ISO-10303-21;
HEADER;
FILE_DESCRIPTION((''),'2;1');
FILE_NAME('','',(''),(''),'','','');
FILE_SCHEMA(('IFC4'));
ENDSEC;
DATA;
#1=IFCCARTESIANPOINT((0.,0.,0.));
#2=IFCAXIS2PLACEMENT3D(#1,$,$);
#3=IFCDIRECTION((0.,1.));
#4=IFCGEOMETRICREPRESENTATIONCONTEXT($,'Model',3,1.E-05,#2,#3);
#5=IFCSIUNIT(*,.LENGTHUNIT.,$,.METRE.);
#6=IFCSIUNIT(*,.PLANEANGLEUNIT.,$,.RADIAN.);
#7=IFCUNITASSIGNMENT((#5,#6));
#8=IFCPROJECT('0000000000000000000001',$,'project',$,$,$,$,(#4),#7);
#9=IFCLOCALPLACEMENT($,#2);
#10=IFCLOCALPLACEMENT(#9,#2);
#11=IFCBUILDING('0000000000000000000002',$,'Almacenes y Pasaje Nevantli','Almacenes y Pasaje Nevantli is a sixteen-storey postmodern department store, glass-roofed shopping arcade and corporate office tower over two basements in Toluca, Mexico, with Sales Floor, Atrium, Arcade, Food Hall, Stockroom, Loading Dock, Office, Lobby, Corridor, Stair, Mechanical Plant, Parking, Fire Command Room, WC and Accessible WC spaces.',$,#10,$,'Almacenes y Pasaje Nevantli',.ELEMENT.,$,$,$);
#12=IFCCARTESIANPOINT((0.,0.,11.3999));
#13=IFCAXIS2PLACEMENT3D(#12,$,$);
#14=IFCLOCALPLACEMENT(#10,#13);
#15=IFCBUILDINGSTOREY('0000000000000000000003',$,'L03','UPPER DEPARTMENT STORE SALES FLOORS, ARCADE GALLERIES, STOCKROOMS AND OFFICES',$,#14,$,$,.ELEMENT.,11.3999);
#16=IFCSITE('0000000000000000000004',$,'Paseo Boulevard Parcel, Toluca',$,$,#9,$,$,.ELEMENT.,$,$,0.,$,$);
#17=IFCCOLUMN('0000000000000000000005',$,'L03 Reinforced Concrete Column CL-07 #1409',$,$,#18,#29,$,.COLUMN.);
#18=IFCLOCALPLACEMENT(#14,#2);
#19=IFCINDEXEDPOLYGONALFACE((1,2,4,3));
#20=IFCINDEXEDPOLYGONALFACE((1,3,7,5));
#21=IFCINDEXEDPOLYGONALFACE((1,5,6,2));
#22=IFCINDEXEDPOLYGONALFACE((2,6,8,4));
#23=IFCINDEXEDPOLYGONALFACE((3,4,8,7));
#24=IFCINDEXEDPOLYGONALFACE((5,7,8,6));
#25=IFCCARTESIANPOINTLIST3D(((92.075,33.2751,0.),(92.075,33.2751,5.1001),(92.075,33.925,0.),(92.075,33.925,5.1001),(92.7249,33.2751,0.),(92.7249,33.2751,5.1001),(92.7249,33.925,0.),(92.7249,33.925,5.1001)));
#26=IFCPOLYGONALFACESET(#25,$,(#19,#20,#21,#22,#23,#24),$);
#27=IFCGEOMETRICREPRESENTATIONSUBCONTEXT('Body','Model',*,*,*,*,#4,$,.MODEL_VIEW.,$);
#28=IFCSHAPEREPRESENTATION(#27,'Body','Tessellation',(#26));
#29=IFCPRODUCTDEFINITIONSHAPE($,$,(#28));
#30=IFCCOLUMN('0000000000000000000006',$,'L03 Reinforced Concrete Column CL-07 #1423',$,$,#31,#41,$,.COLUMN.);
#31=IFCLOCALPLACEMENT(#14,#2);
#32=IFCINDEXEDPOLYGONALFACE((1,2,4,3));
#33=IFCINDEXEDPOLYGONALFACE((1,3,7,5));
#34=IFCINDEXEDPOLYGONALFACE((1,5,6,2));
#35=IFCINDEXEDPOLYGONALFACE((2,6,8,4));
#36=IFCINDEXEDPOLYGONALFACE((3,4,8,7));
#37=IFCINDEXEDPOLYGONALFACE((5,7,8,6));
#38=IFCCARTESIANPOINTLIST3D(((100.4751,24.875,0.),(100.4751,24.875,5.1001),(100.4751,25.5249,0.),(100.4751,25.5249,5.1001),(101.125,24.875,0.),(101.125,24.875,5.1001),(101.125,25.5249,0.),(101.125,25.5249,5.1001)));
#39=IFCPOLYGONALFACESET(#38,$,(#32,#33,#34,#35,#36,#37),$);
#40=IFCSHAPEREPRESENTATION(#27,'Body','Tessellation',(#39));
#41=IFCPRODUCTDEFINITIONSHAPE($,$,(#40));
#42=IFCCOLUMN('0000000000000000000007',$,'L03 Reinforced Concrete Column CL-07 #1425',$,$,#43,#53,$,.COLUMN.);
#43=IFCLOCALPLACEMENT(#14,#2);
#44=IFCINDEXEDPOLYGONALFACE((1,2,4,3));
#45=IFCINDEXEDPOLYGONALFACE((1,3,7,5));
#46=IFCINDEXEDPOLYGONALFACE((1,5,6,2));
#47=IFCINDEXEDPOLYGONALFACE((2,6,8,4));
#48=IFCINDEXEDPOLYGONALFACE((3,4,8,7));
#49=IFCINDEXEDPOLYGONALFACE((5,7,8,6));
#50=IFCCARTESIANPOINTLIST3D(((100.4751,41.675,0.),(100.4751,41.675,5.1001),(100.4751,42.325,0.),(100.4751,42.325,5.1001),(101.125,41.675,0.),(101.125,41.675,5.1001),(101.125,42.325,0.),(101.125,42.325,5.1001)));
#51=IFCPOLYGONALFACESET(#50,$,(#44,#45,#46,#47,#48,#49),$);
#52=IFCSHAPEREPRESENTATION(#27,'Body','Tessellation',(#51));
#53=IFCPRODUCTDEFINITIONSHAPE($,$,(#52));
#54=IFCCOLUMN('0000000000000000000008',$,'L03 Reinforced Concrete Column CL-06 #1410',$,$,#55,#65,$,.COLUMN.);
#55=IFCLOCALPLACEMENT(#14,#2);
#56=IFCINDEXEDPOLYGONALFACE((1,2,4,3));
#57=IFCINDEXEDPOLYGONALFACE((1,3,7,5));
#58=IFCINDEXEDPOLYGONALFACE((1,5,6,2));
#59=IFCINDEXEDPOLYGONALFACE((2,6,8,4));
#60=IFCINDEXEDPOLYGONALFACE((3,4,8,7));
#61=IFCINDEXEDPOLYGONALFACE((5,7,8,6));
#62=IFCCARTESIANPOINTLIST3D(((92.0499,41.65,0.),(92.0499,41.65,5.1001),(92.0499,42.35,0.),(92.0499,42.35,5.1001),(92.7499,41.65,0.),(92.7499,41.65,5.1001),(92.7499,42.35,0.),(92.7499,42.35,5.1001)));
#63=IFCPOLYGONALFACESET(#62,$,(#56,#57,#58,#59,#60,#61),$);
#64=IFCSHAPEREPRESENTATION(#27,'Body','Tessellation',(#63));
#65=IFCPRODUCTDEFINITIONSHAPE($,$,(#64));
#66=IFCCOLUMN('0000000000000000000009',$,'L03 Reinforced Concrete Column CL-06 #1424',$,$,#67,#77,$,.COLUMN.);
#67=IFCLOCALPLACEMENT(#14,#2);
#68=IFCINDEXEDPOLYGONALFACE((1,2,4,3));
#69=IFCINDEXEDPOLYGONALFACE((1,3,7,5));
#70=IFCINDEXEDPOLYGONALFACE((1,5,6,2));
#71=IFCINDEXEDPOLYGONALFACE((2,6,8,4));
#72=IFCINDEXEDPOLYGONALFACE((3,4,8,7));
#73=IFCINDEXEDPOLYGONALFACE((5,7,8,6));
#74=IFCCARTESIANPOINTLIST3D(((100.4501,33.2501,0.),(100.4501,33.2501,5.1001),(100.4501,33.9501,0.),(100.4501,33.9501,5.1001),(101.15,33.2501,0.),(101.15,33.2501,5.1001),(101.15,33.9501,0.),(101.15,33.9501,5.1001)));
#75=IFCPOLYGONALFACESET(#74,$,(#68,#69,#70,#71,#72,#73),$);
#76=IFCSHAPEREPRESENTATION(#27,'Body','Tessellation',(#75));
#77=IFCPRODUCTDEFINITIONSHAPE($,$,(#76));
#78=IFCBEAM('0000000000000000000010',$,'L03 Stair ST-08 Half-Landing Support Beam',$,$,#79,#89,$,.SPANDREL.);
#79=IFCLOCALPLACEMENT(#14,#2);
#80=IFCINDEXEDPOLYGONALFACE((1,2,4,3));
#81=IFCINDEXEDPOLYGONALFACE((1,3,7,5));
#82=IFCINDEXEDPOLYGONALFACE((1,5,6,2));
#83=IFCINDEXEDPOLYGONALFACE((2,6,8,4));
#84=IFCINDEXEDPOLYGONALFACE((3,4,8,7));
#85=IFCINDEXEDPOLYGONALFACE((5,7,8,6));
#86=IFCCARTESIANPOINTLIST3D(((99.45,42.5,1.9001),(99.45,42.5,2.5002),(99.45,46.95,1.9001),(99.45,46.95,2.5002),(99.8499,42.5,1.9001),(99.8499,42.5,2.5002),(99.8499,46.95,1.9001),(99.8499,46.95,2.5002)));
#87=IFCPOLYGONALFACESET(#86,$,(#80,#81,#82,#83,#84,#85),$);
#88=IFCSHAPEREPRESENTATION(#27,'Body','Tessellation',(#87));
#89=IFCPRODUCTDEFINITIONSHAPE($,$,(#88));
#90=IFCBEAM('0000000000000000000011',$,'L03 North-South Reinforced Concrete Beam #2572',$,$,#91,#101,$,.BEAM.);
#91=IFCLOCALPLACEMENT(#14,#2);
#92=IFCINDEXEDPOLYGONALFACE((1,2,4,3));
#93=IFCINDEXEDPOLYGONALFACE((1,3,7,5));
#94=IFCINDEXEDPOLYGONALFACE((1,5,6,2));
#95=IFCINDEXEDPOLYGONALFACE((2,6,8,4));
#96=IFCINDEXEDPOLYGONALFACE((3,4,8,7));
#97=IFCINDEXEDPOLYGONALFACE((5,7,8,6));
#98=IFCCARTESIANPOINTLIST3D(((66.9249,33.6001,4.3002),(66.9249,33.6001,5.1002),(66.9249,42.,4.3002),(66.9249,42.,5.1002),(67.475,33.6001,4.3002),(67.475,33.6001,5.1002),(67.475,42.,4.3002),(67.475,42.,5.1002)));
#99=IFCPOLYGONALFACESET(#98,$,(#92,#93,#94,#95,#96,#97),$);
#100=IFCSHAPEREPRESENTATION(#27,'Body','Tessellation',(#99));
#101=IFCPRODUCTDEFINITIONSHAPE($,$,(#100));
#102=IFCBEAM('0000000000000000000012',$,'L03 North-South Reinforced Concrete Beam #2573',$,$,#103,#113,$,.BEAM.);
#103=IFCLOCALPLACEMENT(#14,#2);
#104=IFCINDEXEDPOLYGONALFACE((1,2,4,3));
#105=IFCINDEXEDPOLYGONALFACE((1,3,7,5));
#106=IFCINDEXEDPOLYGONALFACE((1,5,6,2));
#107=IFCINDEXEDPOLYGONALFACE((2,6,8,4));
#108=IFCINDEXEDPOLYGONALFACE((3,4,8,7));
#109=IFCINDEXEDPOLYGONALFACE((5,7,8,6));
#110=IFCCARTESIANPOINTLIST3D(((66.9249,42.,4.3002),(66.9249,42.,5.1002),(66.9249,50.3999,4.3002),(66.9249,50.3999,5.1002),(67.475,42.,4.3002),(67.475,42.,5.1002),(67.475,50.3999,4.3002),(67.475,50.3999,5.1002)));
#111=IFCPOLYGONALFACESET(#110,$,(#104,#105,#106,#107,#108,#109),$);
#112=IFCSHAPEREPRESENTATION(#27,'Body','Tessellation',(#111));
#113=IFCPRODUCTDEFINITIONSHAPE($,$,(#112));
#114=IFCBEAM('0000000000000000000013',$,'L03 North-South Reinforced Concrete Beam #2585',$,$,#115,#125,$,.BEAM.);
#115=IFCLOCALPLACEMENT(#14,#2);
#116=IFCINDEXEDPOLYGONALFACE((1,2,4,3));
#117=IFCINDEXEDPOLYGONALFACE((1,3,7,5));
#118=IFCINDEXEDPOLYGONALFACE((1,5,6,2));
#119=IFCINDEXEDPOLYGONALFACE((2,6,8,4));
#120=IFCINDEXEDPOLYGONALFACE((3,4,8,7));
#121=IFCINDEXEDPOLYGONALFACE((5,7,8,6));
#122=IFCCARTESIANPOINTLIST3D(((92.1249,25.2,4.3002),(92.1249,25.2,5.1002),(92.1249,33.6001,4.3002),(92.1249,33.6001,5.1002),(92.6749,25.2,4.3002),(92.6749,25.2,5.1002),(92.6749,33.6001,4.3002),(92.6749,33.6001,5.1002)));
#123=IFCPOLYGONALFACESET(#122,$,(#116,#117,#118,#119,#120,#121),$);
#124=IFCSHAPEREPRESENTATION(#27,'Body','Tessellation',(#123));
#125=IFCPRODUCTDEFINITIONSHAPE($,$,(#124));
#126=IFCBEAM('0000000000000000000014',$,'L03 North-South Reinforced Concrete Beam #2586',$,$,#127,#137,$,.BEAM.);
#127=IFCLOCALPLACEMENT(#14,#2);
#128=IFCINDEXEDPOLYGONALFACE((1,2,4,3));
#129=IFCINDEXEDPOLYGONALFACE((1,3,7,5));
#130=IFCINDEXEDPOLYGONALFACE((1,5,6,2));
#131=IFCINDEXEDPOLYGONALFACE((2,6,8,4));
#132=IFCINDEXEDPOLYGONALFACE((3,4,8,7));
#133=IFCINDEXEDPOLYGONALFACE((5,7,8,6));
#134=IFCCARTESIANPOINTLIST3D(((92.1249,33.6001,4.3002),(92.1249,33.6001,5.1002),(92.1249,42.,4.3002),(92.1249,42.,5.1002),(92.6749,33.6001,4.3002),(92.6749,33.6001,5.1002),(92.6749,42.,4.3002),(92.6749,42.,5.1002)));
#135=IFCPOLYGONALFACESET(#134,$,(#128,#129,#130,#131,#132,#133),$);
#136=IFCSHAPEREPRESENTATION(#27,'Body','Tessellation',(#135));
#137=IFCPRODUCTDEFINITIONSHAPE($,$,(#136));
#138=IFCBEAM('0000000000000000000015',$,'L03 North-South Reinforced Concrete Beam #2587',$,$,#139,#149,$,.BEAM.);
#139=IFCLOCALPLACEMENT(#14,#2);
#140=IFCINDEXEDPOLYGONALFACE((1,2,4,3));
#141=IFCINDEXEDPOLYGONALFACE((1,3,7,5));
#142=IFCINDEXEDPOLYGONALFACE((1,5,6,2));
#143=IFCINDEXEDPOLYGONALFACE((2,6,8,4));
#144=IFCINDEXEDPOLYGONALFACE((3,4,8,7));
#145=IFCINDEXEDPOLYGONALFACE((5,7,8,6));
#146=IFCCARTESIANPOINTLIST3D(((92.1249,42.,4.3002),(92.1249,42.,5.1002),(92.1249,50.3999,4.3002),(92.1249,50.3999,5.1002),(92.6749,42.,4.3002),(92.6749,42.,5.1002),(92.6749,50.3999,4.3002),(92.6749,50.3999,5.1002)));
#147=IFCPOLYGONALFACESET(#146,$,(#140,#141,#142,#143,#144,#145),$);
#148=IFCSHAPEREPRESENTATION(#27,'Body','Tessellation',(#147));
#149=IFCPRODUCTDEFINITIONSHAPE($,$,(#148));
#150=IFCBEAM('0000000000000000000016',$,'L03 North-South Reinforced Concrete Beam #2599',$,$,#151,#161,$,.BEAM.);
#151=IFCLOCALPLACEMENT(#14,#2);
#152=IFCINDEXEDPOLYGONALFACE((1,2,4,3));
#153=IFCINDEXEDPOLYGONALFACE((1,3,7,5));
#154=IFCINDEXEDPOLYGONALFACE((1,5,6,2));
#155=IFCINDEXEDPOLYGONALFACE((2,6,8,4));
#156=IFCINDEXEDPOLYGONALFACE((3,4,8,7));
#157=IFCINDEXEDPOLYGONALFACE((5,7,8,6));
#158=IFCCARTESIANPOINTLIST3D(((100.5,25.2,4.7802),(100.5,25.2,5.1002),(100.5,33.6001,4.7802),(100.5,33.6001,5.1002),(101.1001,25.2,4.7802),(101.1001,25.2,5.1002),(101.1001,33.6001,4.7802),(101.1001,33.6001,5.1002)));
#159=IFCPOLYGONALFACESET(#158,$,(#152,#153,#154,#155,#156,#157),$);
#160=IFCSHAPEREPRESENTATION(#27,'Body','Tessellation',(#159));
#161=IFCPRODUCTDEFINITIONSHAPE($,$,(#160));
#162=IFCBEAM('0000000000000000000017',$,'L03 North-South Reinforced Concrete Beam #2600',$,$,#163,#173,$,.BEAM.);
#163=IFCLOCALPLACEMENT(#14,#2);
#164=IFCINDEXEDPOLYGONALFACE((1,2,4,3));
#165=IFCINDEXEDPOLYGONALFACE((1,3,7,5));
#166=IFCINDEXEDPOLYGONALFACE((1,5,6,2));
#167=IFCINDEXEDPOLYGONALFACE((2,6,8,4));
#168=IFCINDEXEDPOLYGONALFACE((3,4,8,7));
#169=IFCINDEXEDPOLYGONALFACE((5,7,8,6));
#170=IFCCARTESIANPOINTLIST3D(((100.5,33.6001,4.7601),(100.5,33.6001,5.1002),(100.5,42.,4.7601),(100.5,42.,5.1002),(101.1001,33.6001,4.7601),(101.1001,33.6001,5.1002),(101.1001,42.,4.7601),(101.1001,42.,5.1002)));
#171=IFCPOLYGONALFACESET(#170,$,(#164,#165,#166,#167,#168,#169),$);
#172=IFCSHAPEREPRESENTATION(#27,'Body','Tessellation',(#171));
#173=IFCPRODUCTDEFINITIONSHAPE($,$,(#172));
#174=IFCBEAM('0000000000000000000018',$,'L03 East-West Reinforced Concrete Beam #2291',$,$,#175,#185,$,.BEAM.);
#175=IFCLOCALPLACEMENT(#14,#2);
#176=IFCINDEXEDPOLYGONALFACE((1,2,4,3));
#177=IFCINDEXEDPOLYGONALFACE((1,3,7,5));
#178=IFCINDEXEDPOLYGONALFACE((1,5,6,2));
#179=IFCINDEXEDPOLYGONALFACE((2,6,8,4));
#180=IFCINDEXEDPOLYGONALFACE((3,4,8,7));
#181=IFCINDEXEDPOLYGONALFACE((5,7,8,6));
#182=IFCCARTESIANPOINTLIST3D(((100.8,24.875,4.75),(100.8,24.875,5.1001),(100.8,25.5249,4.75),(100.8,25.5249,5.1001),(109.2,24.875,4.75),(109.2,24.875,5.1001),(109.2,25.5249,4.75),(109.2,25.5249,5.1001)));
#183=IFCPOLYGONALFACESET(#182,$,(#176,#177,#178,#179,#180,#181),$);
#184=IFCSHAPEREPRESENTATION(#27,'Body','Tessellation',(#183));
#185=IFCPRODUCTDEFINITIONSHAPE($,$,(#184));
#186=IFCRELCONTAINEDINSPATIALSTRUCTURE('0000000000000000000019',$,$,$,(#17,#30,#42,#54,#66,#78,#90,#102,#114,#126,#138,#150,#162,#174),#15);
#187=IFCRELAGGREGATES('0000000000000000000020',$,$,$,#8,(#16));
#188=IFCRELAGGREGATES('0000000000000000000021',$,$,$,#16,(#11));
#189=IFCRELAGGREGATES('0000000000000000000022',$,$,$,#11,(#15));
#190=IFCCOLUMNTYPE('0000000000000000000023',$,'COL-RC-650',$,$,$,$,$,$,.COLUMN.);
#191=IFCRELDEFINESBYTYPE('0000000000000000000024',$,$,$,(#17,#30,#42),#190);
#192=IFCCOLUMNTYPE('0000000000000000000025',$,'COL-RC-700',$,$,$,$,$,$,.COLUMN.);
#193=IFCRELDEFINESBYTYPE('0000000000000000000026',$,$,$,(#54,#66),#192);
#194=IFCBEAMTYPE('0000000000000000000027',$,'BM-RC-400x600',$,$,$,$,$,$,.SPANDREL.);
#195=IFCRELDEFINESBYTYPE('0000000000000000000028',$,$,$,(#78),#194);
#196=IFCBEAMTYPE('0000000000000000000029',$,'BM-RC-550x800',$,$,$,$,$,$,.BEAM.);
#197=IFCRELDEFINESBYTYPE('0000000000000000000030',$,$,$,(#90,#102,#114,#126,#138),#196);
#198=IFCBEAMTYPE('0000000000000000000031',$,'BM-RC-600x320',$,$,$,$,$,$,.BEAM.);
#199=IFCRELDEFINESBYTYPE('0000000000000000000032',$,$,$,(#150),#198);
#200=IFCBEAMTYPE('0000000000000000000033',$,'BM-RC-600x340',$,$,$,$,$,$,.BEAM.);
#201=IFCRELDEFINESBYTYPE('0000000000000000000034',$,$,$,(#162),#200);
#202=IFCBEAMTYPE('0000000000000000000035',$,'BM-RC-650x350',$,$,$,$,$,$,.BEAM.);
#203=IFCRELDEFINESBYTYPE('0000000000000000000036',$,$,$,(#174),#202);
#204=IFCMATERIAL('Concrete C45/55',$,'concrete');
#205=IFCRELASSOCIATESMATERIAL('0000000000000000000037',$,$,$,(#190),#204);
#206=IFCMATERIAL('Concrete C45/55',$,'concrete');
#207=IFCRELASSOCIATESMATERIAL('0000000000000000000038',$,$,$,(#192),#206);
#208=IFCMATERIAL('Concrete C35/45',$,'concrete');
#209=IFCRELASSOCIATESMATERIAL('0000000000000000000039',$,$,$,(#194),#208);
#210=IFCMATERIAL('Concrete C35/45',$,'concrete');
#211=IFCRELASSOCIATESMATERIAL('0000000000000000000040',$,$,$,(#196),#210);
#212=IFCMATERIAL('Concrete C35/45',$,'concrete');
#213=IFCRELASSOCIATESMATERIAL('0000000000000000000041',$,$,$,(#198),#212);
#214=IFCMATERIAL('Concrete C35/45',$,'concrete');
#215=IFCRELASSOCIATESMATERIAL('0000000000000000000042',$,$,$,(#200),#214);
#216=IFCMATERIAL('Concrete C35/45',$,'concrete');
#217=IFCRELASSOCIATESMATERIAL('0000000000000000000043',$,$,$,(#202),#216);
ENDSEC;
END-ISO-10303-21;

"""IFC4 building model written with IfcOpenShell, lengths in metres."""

from ifc_helpers import new_model, si_unit, direction, frame, origin, origin_2d, place, context, subcontext, project, spatial, rectangle, extrude, material, material_profile, profile_set, type_object, element, save


model = new_model("IFC4")

# Units and contexts
model_context = context("Model", 3, precision=1e-05, world=origin(), true_north=direction((0.0, 1.0)))
body_context = subcontext(model_context, "Body", "Model", "MODEL_VIEW")
ifc_project = project(units=[si_unit("LENGTHUNIT", "METRE"), si_unit("PLANEANGLEUNIT", "RADIAN")], contexts=[model_context])

# Site, building, storey
site_placement = place(None, origin())
site = spatial("IfcSite", under=ifc_project, at=site_placement, Name="Paseo Boulevard Parcel, Toluca", CompositionType="ELEMENT", RefElevation=0.0)
building_placement = place(site_placement, origin())
building = spatial("IfcBuilding", under=site, at=building_placement, Name="Almacenes y Pasaje Nevantli", Description="Almacenes y Pasaje Nevantli is a sixteen-storey postmodern department store, glass-roofed shopping arcade and corporate office tower over two basements in Toluca, Mexico, with Sales Floor, Atrium, Arcade, Food Hall, Stockroom, Loading Dock, Office, Lobby, Corridor, Stair, Mechanical Plant, Parking, Fire Command Room, WC and Accessible WC spaces.", LongName="Almacenes y Pasaje Nevantli", CompositionType="ELEMENT")
storey_placement = place(building_placement, frame((0.0, 0.0, 11.3999)))
storey = spatial("IfcBuildingStorey", under=building, at=storey_placement, Name="L03", Description="UPPER DEPARTMENT STORE SALES FLOORS, ARCADE GALLERIES, STOCKROOMS AND OFFICES", CompositionType="ELEMENT", Elevation=11.3999)

# Columns
ifc_material_1 = material(Name="Concrete C45/55", Category="concrete")
ifc_material_profile_1 = material_profile(ifc_material_1, rectangle(XDim=0.6499, YDim=0.6499, at=origin_2d()), Name="RC-COL-650x650")
ifc_profile_set_1 = profile_set([ifc_material_profile_1], Name="Concrete C45/55")
column_type_1 = type_object("IfcColumnType", Name="COL-RC-650", PredefinedType="COLUMN", material=ifc_profile_set_1)
for number, where, z_axis, x_axis, name in (
    (1, (92.3999, 33.6001, 0.0), (0.0, 0.0, 1.0), (1.0, 0.0, 0.0), "L03 Reinforced Concrete Column CL-07 #1409"),
    (2, (100.8, 25.2, 0.0), (0.0, 0.0, 1.0), (1.0, 0.0, 0.0), "L03 Reinforced Concrete Column CL-07 #1423"),
    (3, (100.8, 42.0, 0.0), (0.0, 0.0, 1.0), (1.0, 0.0, 0.0), "L03 Reinforced Concrete Column CL-07 #1425"),
):
    element("IfcColumn", number, at=place(storey_placement, frame(where, z_axis=z_axis, x_axis=x_axis)), inside=storey, type_object=column_type_1, Name=name, PredefinedType="COLUMN", context=body_context, shape_type="SweptSolid", body=[
        extrude(rectangle(XDim=0.6499, YDim=0.6499, at=origin_2d()), origin(), (0.0, 0.0, 1.0), 5.1001),
    ])
ifc_material_2 = material(Name="Concrete C45/55", Category="concrete")
ifc_material_profile_2 = material_profile(ifc_material_2, rectangle(XDim=0.7, YDim=0.7, at=origin_2d()), Name="RC-COL-700x700")
ifc_profile_set_2 = profile_set([ifc_material_profile_2], Name="Concrete C45/55")
column_type_2 = type_object("IfcColumnType", Name="COL-RC-700", PredefinedType="COLUMN", material=ifc_profile_set_2)
for number, where, z_axis, x_axis, name in (
    (4, (92.3999, 42.0, 0.0), (0.0, 0.0, 1.0), (1.0, 0.0, 0.0), "L03 Reinforced Concrete Column CL-06 #1410"),
    (5, (100.8, 33.6001, 0.0), (0.0, 0.0, 1.0), (1.0, 0.0, 0.0), "L03 Reinforced Concrete Column CL-06 #1424"),
):
    element("IfcColumn", number, at=place(storey_placement, frame(where, z_axis=z_axis, x_axis=x_axis)), inside=storey, type_object=column_type_2, Name=name, PredefinedType="COLUMN", context=body_context, shape_type="SweptSolid", body=[
        extrude(rectangle(XDim=0.7, YDim=0.7, at=origin_2d()), origin(), (0.0, 0.0, 1.0), 5.1001),
    ])

# Beams
ifc_material_3 = material(Name="Concrete C35/45", Category="concrete")
ifc_material_profile_3 = material_profile(ifc_material_3, rectangle(XDim=0.3999, YDim=0.6001, at=origin_2d()), Name="RC-BM-400x600")
ifc_profile_set_3 = profile_set([ifc_material_profile_3], Name="Concrete C35/45")
beam_type_1 = type_object("IfcBeamType", Name="BM-RC-400x600", PredefinedType="SPANDREL", material=ifc_profile_set_3)
beam_1_placement = place(storey_placement, frame((99.6499, 42.5, 2.2002), z_axis=(0.0, 1.0, 0.0), x_axis=(-1.0, 0.0, 0.0)))
element("IfcBeam", 6, at=beam_1_placement, inside=storey, type_object=beam_type_1, Name="L03 Stair ST-08 Half-Landing Support Beam", PredefinedType="SPANDREL", context=body_context, shape_type="SweptSolid", body=[
    extrude(rectangle(XDim=0.3999, YDim=0.6001, at=origin_2d()), origin(), (0.0, 0.0, 1.0), 4.45),
])
ifc_material_4 = material(Name="Concrete C35/45", Category="concrete")
ifc_material_profile_4 = material_profile(ifc_material_4, rectangle(XDim=0.55, YDim=0.8, at=origin_2d()), Name="RC-BM-550x800")
ifc_profile_set_4 = profile_set([ifc_material_profile_4], Name="Concrete C35/45")
beam_type_2 = type_object("IfcBeamType", Name="BM-RC-550x800", PredefinedType="BEAM", material=ifc_profile_set_4)
for number, where, z_axis, x_axis, name in (
    (7, (67.2, 33.6001, 4.7002), (0.0, 1.0, 0.0), (-1.0, 0.0, 0.0), "L03 North-South Reinforced Concrete Beam #2572"),
    (8, (67.2, 42.0, 4.7002), (0.0, 1.0, 0.0), (-1.0, 0.0, 0.0), "L03 North-South Reinforced Concrete Beam #2573"),
):
    element("IfcBeam", number, at=place(storey_placement, frame(where, z_axis=z_axis, x_axis=x_axis)), inside=storey, type_object=beam_type_2, Name=name, PredefinedType="BEAM", context=body_context, shape_type="SweptSolid", body=[
        extrude(rectangle(XDim=0.55, YDim=0.8, at=origin_2d()), origin(), (0.0, 0.0, 1.0), 8.3999),
    ])
beam_2_placement = place(storey_placement, frame((92.3999, 25.2, 4.7002), z_axis=(0.0, 1.0, 0.0), x_axis=(-1.0, 0.0, 0.0)))
element("IfcBeam", 9, at=beam_2_placement, inside=storey, type_object=beam_type_2, Name="L03 North-South Reinforced Concrete Beam #2585", PredefinedType="BEAM", context=body_context, shape_type="SweptSolid", body=[
    extrude(rectangle(XDim=0.55, YDim=0.8, at=origin_2d()), origin(), (0.0, 0.0, 1.0), 8.4001),
])
for number, where, z_axis, x_axis, name in (
    (10, (92.3999, 33.6001, 4.7002), (0.0, 1.0, 0.0), (-1.0, 0.0, 0.0), "L03 North-South Reinforced Concrete Beam #2586"),
    (11, (92.3999, 42.0, 4.7002), (0.0, 1.0, 0.0), (-1.0, 0.0, 0.0), "L03 North-South Reinforced Concrete Beam #2587"),
):
    element("IfcBeam", number, at=place(storey_placement, frame(where, z_axis=z_axis, x_axis=x_axis)), inside=storey, type_object=beam_type_2, Name=name, PredefinedType="BEAM", context=body_context, shape_type="SweptSolid", body=[
        extrude(rectangle(XDim=0.55, YDim=0.8, at=origin_2d()), origin(), (0.0, 0.0, 1.0), 8.3999),
    ])
ifc_material_5 = material(Name="Concrete C35/45", Category="concrete")
ifc_material_profile_5 = material_profile(ifc_material_5, rectangle(XDim=0.6001, YDim=0.3201, at=origin_2d()), Name="RC-BM-600x320")
ifc_profile_set_5 = profile_set([ifc_material_profile_5], Name="Concrete C35/45")
beam_type_3 = type_object("IfcBeamType", Name="BM-RC-600x320", PredefinedType="BEAM", material=ifc_profile_set_5)
beam_3_placement = place(storey_placement, frame((100.8, 25.2, 4.9402), z_axis=(0.0, 1.0, 0.0), x_axis=(-1.0, 0.0, 0.0)))
element("IfcBeam", 12, at=beam_3_placement, inside=storey, type_object=beam_type_3, Name="L03 North-South Reinforced Concrete Beam #2599", PredefinedType="BEAM", context=body_context, shape_type="SweptSolid", body=[
    extrude(rectangle(XDim=0.6001, YDim=0.3201, at=origin_2d()), origin(), (0.0, 0.0, 1.0), 8.4001),
])
ifc_material_6 = material(Name="Concrete C35/45", Category="concrete")
ifc_material_profile_6 = material_profile(ifc_material_6, rectangle(XDim=0.6001, YDim=0.3401, at=origin_2d()), Name="RC-BM-600x340")
ifc_profile_set_6 = profile_set([ifc_material_profile_6], Name="Concrete C35/45")
beam_type_4 = type_object("IfcBeamType", Name="BM-RC-600x340", PredefinedType="BEAM", material=ifc_profile_set_6)
beam_4_placement = place(storey_placement, frame((100.8, 33.6001, 4.9302), z_axis=(0.0, 1.0, 0.0), x_axis=(-1.0, 0.0, 0.0)))
element("IfcBeam", 13, at=beam_4_placement, inside=storey, type_object=beam_type_4, Name="L03 North-South Reinforced Concrete Beam #2600", PredefinedType="BEAM", context=body_context, shape_type="SweptSolid", body=[
    extrude(rectangle(XDim=0.6001, YDim=0.3401, at=origin_2d()), origin(), (0.0, 0.0, 1.0), 8.3999),
])
ifc_material_7 = material(Name="Concrete C35/45", Category="concrete")
ifc_material_profile_7 = material_profile(ifc_material_7, rectangle(XDim=0.6499, YDim=0.3501, at=origin_2d()), Name="RC-BM-650x350")
ifc_profile_set_7 = profile_set([ifc_material_profile_7], Name="Concrete C35/45")
beam_type_5 = type_object("IfcBeamType", Name="BM-RC-650x350", PredefinedType="BEAM", material=ifc_profile_set_7)
beam_5_placement = place(storey_placement, frame((100.8, 25.2, 4.925), z_axis=(1.0, 0.0, 0.0), x_axis=(0.0, 1.0, 0.0)))
element("IfcBeam", 14, at=beam_5_placement, inside=storey, type_object=beam_type_5, Name="L03 East-West Reinforced Concrete Beam #2291", PredefinedType="BEAM", context=body_context, shape_type="SweptSolid", body=[
    extrude(rectangle(XDim=0.6499, YDim=0.3501, at=origin_2d()), origin(), (0.0, 0.0, 1.0), 8.3999),
])

save(model, "model.ifc")
